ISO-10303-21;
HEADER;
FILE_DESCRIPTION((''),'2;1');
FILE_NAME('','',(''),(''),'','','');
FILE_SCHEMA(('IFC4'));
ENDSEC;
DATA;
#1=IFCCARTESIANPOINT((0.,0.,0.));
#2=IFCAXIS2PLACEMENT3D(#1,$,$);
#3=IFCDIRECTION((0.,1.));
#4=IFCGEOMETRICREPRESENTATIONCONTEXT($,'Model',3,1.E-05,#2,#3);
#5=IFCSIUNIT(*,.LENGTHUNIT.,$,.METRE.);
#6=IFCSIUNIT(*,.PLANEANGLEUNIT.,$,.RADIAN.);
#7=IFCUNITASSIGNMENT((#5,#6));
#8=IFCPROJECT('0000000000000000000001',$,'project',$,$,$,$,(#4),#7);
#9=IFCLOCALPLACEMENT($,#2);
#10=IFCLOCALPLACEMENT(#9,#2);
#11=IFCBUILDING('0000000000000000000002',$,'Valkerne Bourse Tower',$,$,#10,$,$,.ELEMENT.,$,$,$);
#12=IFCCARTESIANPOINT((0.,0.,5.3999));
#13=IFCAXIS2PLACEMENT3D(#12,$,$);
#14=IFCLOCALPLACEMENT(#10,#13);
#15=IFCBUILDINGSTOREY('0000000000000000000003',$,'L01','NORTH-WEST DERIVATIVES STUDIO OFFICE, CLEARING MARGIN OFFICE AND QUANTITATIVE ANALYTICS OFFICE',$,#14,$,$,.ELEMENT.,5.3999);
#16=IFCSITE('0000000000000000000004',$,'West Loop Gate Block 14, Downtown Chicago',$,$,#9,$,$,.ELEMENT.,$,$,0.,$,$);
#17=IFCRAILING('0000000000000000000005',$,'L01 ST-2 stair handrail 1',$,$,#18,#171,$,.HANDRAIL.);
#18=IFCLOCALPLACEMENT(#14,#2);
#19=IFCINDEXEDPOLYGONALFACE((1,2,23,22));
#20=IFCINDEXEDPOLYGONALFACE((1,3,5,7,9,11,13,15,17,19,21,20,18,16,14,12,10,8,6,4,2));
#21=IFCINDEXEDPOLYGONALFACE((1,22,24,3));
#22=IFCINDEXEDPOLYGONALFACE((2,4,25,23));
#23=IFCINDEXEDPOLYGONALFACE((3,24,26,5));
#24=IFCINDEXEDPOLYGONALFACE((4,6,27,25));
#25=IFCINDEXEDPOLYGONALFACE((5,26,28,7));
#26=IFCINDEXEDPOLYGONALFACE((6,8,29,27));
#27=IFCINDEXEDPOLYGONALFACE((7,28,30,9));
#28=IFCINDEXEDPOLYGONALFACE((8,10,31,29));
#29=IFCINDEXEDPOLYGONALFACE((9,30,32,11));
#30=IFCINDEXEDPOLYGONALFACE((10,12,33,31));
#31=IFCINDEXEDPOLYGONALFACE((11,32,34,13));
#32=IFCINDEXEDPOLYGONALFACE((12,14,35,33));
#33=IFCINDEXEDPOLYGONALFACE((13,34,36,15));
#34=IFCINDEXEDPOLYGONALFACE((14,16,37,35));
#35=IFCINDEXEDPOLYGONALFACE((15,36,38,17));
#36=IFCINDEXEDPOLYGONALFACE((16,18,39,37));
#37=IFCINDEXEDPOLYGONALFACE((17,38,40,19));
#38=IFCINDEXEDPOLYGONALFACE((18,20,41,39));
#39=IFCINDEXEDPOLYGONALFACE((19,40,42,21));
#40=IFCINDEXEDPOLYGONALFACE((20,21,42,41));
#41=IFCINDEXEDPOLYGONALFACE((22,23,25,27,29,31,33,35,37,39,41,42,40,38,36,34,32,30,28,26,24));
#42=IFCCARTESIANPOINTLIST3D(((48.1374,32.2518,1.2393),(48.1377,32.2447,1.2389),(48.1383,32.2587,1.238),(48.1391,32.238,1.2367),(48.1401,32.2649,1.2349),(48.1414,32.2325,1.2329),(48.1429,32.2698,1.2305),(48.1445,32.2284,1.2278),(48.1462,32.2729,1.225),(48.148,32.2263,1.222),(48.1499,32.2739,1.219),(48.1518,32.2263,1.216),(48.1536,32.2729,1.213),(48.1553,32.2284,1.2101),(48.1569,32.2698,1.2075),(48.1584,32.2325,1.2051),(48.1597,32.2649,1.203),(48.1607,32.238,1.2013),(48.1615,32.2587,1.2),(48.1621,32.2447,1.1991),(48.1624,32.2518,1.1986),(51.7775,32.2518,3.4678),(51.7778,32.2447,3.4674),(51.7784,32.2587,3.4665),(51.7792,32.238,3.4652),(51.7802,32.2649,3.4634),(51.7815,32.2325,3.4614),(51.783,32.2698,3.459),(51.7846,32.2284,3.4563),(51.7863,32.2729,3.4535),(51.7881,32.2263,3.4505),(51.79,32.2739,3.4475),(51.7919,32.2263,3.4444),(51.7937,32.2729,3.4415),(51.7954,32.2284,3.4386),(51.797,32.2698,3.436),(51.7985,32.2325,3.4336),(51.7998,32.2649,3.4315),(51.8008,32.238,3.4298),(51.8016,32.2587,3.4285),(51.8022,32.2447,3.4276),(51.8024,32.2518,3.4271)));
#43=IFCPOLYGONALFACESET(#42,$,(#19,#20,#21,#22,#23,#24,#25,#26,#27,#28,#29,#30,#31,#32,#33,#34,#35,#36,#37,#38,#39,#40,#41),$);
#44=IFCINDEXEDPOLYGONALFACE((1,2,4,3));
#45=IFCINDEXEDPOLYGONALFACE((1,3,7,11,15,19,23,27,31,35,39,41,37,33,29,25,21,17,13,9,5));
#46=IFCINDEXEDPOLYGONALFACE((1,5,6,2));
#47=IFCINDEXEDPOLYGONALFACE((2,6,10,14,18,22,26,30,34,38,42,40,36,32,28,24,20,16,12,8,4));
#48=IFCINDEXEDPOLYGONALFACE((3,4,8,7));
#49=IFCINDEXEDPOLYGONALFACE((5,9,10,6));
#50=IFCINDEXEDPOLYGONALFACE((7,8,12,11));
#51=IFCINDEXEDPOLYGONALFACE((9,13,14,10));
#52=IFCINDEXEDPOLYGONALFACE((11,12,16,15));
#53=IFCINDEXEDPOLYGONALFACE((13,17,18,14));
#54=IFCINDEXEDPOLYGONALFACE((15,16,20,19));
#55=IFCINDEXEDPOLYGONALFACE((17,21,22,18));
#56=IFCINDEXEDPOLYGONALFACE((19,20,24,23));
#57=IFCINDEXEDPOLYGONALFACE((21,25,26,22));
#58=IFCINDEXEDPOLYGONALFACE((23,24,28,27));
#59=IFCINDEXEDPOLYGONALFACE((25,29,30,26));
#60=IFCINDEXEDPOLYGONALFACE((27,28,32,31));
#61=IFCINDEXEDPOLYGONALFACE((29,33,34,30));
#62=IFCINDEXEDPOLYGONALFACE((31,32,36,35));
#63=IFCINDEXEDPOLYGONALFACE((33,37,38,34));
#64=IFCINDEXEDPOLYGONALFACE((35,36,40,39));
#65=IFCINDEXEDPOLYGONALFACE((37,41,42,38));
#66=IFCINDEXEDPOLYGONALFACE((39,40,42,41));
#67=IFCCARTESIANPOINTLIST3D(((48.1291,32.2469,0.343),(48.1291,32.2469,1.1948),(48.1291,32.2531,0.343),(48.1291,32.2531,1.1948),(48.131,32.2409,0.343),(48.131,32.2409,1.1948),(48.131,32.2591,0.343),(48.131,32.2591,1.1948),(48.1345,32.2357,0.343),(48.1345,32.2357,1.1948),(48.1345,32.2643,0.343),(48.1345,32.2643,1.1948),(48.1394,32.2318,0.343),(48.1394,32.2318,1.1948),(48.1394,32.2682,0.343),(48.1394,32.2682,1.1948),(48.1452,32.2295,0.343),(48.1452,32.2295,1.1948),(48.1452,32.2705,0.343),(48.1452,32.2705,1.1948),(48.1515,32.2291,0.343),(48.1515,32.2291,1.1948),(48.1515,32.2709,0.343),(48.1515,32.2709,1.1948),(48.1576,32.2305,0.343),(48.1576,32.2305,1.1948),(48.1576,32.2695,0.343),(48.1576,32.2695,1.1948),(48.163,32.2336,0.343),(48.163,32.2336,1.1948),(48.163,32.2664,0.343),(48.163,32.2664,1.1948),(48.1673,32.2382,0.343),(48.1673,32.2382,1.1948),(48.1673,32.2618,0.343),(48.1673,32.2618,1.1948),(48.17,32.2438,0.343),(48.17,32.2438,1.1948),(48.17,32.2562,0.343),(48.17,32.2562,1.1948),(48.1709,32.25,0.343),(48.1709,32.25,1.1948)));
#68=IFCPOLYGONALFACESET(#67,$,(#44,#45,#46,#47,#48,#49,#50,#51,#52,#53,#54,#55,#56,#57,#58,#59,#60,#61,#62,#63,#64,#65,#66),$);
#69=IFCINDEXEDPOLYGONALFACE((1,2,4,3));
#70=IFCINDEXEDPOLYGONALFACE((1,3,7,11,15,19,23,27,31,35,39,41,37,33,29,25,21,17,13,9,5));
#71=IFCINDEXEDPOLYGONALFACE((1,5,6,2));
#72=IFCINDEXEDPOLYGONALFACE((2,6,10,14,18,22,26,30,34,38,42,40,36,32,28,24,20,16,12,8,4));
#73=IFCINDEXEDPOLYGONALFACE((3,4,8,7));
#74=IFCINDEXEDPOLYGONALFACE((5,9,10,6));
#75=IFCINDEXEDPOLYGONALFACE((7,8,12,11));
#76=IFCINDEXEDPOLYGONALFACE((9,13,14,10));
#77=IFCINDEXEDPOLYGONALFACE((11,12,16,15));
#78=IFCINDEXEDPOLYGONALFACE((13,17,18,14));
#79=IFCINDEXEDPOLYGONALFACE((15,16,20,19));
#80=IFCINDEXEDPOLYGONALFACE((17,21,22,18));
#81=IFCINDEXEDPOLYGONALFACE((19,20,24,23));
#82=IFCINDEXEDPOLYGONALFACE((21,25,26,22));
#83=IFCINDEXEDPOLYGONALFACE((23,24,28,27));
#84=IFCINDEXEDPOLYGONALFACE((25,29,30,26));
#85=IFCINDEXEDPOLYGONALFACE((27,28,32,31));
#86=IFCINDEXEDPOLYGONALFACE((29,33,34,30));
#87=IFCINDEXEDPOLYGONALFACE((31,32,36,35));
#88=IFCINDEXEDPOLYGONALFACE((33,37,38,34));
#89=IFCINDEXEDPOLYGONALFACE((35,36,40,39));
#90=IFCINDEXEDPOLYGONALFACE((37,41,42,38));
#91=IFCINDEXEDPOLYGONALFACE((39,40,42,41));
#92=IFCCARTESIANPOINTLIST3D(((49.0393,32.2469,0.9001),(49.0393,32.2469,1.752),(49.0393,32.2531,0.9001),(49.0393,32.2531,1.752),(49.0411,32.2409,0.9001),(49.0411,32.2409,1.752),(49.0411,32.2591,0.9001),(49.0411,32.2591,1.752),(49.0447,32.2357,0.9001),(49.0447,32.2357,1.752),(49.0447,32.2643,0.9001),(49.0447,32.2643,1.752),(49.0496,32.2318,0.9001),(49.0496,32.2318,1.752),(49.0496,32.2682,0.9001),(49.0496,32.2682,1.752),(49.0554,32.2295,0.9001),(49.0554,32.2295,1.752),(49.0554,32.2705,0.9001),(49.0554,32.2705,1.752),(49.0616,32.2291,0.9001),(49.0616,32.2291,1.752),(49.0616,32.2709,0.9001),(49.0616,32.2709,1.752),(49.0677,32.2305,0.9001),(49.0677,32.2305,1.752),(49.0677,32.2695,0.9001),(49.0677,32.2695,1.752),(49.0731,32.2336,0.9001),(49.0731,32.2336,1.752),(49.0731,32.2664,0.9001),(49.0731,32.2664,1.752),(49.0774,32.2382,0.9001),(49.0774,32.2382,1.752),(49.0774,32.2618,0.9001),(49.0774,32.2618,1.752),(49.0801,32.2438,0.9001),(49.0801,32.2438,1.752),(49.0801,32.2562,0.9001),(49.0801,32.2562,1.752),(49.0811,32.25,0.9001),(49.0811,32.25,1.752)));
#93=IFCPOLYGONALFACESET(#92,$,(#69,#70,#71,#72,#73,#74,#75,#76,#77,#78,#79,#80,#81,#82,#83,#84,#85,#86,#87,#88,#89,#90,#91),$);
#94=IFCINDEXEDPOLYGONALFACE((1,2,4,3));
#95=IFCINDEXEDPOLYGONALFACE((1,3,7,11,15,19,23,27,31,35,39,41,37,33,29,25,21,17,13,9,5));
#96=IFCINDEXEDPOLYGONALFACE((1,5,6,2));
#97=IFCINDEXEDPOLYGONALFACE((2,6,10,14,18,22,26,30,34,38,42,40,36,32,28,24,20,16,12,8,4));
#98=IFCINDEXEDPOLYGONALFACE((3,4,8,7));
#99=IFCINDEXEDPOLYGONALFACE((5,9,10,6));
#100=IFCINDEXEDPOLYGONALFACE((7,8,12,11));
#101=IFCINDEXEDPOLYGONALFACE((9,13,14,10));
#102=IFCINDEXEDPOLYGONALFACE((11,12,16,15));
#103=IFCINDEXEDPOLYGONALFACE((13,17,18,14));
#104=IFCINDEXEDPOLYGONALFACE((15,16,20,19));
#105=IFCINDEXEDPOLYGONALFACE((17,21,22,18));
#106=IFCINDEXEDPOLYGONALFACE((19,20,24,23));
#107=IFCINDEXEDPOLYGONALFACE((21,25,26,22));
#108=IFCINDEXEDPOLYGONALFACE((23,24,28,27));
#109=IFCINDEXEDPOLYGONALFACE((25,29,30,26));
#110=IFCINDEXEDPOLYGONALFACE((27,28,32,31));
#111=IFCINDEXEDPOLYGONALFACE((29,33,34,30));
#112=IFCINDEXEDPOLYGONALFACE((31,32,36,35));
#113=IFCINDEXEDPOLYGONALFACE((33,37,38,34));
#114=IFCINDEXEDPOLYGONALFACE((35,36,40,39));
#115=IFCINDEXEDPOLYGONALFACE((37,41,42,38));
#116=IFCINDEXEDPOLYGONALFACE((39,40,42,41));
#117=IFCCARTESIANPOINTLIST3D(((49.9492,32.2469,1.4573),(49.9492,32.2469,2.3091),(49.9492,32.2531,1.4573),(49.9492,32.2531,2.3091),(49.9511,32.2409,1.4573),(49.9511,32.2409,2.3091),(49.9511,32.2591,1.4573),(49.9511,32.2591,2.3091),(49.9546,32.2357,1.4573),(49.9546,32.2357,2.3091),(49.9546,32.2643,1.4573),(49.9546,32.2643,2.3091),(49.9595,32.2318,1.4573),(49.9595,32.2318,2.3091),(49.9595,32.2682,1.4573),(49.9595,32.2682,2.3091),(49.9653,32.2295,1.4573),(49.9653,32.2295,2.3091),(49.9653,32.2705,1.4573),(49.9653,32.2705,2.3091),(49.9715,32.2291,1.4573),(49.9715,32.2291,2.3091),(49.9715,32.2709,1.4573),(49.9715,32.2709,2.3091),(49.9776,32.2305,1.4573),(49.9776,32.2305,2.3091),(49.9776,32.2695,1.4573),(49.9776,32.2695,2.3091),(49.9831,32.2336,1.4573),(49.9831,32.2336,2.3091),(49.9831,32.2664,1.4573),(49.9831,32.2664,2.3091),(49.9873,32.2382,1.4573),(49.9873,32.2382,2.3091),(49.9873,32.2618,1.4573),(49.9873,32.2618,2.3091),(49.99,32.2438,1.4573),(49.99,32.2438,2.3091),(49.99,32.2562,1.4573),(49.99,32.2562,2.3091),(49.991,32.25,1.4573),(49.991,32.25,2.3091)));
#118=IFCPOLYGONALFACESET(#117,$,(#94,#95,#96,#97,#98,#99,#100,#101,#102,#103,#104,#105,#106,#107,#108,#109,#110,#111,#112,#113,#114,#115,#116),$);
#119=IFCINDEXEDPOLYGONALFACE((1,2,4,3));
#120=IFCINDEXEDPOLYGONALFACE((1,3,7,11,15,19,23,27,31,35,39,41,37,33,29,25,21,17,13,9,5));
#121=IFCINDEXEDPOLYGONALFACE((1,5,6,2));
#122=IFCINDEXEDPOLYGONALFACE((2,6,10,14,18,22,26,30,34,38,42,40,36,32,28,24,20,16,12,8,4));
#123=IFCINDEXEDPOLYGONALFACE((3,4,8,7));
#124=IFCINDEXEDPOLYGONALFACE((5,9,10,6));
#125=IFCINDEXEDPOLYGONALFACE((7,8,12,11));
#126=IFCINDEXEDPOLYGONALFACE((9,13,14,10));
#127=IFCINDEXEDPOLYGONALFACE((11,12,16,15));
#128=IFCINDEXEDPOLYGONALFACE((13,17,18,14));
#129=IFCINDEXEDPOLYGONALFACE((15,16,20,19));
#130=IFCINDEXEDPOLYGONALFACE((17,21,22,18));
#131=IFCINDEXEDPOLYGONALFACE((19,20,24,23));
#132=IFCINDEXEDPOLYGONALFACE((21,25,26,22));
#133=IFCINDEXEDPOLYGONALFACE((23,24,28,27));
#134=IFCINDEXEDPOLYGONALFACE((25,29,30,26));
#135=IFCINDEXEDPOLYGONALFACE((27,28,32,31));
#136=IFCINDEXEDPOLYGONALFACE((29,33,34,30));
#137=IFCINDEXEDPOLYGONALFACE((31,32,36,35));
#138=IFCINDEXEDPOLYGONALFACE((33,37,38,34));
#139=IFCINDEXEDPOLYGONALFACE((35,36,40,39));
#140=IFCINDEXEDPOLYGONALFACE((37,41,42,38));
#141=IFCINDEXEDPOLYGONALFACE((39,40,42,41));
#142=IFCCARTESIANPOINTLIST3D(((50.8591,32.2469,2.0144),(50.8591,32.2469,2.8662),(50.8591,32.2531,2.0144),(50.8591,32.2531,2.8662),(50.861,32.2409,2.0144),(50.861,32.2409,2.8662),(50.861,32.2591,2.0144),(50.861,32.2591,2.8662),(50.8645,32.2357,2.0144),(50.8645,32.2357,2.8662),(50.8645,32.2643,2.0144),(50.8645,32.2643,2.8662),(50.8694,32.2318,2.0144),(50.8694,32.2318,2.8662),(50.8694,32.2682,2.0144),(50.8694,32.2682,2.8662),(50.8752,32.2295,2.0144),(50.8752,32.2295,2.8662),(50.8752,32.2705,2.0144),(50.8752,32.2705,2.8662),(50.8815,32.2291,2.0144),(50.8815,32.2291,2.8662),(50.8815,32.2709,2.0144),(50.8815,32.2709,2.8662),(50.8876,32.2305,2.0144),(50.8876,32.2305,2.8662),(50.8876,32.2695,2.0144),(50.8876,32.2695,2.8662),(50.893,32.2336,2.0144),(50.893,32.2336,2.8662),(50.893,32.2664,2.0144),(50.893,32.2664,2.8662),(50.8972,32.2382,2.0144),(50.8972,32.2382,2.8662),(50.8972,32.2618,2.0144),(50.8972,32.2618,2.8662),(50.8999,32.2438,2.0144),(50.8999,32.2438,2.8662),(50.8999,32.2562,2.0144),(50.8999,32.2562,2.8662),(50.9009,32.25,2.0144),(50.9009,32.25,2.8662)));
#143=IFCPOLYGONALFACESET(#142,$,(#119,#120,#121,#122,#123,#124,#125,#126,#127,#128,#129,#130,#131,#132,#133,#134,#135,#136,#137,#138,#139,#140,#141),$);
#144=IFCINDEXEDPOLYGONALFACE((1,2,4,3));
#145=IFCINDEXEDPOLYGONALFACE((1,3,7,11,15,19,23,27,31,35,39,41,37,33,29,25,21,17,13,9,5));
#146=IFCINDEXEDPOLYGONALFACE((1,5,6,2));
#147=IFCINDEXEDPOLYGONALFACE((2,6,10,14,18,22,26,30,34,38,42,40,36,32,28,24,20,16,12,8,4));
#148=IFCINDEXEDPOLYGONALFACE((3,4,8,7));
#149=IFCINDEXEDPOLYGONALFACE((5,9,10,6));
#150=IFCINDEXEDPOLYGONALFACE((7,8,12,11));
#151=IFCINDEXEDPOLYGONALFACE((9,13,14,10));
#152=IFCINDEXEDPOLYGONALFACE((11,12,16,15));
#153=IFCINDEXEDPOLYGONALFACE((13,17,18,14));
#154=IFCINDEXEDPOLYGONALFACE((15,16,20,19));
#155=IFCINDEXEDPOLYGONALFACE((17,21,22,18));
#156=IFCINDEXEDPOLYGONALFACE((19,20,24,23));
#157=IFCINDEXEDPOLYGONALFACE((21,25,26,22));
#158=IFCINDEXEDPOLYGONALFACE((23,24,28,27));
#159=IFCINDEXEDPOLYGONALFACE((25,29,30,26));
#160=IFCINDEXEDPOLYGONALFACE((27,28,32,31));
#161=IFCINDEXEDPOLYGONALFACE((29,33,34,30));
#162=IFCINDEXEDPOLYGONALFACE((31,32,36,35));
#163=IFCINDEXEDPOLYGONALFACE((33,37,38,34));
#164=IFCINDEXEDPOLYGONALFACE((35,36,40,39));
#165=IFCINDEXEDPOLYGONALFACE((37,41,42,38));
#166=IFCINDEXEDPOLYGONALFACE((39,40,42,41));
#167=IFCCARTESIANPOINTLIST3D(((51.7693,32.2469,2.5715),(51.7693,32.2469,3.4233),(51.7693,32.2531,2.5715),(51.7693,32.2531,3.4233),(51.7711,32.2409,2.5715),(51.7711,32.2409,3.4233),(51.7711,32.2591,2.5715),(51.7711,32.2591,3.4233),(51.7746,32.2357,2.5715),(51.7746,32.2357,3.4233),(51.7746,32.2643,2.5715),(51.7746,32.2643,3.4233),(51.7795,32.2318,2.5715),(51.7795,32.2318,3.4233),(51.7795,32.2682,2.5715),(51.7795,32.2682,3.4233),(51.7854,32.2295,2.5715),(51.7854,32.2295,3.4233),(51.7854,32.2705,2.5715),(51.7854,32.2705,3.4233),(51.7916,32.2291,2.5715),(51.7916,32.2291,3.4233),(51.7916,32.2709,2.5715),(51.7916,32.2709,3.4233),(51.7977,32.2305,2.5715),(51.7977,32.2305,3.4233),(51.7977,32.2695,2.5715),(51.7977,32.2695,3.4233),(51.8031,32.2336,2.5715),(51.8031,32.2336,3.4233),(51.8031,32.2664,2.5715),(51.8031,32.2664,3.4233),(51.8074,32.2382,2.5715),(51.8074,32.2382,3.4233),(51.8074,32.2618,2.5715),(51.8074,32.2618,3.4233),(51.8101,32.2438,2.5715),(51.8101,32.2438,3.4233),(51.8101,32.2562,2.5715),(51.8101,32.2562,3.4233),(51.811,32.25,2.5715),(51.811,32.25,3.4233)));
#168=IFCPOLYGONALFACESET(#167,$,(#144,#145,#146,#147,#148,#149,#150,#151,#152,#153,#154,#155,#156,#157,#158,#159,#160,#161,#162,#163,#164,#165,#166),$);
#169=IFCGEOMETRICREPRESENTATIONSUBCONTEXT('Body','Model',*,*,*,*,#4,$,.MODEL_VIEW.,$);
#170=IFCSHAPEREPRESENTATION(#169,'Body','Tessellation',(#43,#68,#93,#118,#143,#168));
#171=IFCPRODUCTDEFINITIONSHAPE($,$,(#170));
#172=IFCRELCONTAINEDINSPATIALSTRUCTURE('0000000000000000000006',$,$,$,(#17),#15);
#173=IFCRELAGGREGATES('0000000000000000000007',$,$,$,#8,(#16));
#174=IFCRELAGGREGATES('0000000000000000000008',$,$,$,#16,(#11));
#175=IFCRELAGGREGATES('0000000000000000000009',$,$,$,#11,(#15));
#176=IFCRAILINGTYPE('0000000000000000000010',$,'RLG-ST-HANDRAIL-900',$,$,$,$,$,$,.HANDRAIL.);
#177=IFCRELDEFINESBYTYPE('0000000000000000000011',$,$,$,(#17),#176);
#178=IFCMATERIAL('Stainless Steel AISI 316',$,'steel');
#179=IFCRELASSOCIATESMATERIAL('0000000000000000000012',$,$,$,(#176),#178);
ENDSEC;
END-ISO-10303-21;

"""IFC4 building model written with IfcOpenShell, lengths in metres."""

from ifc_helpers import new_model, si_unit, direction, frame, origin, origin_2d, place, context, subcontext, project, spatial, circle, extrude, material, type_object, element, save


model = new_model("IFC4")

# Units and contexts
model_context = context("Model", 3, precision=1e-05, world=origin(), true_north=direction((0.0, 1.0)))
body_context = subcontext(model_context, "Body", "Model", "MODEL_VIEW")
ifc_project = project(units=[si_unit("LENGTHUNIT", "METRE"), si_unit("PLANEANGLEUNIT", "RADIAN")], contexts=[model_context])

# Site, building, storey
site_placement = place(None, origin())
site = spatial("IfcSite", under=ifc_project, at=site_placement, Name="West Loop Gate Block 14, Downtown Chicago", CompositionType="ELEMENT", RefElevation=0.0)
building_placement = place(site_placement, origin())
building = spatial("IfcBuilding", under=site, at=building_placement, Name="Valkerne Bourse Tower", CompositionType="ELEMENT")
storey_placement = place(building_placement, frame((0.0, 0.0, 5.3999)))
storey = spatial("IfcBuildingStorey", under=building, at=storey_placement, Name="L01", Description="NORTH-WEST DERIVATIVES STUDIO OFFICE, CLEARING MARGIN OFFICE AND QUANTITATIVE ANALYTICS OFFICE", CompositionType="ELEMENT", Elevation=5.3999)

# Railing
ifc_material_1 = material(Name="Stainless Steel AISI 316", Category="steel")
railing_type_1 = type_object("IfcRailingType", Name="RLG-ST-HANDRAIL-900", PredefinedType="HANDRAIL", material=ifc_material_1)
railing_1_placement = place(storey_placement, frame((48.1499, 32.25, 0.343)))
element("IfcRailing", 1, at=railing_1_placement, inside=storey, type_object=railing_type_1, Name="L01 ST-2 stair handrail 1", PredefinedType="HANDRAIL", context=body_context, shape_type="SweptSolid", body=[
    extrude(circle(Radius=0.0239, at=origin_2d()), frame((0.0, 0.0, 0.876), z_axis=(0.852866, 0.0, 0.52213), x_axis=(0.0, 1.0, 0.0)), (0.0, 0.0, 1.0), 4.2681),
    extrude(circle(Radius=0.021, at=origin_2d()), origin(), (0.0, 0.0, 1.0), 0.8518),
    extrude(circle(Radius=0.021, at=origin_2d()), frame((0.9102, 0.0, 0.5571)), (0.0, 0.0, 1.0), 0.8518),
    extrude(circle(Radius=0.021, at=origin_2d()), frame((1.8201, 0.0, 1.1143)), (0.0, 0.0, 1.0), 0.8518),
    extrude(circle(Radius=0.021, at=origin_2d()), frame((2.73, 0.0, 1.6714)), (0.0, 0.0, 1.0), 0.8518),
    extrude(circle(Radius=0.021, at=origin_2d()), frame((3.6401, 0.0, 2.2285)), (0.0, 0.0, 1.0), 0.8518),
])

save(model, "model.ifc")
